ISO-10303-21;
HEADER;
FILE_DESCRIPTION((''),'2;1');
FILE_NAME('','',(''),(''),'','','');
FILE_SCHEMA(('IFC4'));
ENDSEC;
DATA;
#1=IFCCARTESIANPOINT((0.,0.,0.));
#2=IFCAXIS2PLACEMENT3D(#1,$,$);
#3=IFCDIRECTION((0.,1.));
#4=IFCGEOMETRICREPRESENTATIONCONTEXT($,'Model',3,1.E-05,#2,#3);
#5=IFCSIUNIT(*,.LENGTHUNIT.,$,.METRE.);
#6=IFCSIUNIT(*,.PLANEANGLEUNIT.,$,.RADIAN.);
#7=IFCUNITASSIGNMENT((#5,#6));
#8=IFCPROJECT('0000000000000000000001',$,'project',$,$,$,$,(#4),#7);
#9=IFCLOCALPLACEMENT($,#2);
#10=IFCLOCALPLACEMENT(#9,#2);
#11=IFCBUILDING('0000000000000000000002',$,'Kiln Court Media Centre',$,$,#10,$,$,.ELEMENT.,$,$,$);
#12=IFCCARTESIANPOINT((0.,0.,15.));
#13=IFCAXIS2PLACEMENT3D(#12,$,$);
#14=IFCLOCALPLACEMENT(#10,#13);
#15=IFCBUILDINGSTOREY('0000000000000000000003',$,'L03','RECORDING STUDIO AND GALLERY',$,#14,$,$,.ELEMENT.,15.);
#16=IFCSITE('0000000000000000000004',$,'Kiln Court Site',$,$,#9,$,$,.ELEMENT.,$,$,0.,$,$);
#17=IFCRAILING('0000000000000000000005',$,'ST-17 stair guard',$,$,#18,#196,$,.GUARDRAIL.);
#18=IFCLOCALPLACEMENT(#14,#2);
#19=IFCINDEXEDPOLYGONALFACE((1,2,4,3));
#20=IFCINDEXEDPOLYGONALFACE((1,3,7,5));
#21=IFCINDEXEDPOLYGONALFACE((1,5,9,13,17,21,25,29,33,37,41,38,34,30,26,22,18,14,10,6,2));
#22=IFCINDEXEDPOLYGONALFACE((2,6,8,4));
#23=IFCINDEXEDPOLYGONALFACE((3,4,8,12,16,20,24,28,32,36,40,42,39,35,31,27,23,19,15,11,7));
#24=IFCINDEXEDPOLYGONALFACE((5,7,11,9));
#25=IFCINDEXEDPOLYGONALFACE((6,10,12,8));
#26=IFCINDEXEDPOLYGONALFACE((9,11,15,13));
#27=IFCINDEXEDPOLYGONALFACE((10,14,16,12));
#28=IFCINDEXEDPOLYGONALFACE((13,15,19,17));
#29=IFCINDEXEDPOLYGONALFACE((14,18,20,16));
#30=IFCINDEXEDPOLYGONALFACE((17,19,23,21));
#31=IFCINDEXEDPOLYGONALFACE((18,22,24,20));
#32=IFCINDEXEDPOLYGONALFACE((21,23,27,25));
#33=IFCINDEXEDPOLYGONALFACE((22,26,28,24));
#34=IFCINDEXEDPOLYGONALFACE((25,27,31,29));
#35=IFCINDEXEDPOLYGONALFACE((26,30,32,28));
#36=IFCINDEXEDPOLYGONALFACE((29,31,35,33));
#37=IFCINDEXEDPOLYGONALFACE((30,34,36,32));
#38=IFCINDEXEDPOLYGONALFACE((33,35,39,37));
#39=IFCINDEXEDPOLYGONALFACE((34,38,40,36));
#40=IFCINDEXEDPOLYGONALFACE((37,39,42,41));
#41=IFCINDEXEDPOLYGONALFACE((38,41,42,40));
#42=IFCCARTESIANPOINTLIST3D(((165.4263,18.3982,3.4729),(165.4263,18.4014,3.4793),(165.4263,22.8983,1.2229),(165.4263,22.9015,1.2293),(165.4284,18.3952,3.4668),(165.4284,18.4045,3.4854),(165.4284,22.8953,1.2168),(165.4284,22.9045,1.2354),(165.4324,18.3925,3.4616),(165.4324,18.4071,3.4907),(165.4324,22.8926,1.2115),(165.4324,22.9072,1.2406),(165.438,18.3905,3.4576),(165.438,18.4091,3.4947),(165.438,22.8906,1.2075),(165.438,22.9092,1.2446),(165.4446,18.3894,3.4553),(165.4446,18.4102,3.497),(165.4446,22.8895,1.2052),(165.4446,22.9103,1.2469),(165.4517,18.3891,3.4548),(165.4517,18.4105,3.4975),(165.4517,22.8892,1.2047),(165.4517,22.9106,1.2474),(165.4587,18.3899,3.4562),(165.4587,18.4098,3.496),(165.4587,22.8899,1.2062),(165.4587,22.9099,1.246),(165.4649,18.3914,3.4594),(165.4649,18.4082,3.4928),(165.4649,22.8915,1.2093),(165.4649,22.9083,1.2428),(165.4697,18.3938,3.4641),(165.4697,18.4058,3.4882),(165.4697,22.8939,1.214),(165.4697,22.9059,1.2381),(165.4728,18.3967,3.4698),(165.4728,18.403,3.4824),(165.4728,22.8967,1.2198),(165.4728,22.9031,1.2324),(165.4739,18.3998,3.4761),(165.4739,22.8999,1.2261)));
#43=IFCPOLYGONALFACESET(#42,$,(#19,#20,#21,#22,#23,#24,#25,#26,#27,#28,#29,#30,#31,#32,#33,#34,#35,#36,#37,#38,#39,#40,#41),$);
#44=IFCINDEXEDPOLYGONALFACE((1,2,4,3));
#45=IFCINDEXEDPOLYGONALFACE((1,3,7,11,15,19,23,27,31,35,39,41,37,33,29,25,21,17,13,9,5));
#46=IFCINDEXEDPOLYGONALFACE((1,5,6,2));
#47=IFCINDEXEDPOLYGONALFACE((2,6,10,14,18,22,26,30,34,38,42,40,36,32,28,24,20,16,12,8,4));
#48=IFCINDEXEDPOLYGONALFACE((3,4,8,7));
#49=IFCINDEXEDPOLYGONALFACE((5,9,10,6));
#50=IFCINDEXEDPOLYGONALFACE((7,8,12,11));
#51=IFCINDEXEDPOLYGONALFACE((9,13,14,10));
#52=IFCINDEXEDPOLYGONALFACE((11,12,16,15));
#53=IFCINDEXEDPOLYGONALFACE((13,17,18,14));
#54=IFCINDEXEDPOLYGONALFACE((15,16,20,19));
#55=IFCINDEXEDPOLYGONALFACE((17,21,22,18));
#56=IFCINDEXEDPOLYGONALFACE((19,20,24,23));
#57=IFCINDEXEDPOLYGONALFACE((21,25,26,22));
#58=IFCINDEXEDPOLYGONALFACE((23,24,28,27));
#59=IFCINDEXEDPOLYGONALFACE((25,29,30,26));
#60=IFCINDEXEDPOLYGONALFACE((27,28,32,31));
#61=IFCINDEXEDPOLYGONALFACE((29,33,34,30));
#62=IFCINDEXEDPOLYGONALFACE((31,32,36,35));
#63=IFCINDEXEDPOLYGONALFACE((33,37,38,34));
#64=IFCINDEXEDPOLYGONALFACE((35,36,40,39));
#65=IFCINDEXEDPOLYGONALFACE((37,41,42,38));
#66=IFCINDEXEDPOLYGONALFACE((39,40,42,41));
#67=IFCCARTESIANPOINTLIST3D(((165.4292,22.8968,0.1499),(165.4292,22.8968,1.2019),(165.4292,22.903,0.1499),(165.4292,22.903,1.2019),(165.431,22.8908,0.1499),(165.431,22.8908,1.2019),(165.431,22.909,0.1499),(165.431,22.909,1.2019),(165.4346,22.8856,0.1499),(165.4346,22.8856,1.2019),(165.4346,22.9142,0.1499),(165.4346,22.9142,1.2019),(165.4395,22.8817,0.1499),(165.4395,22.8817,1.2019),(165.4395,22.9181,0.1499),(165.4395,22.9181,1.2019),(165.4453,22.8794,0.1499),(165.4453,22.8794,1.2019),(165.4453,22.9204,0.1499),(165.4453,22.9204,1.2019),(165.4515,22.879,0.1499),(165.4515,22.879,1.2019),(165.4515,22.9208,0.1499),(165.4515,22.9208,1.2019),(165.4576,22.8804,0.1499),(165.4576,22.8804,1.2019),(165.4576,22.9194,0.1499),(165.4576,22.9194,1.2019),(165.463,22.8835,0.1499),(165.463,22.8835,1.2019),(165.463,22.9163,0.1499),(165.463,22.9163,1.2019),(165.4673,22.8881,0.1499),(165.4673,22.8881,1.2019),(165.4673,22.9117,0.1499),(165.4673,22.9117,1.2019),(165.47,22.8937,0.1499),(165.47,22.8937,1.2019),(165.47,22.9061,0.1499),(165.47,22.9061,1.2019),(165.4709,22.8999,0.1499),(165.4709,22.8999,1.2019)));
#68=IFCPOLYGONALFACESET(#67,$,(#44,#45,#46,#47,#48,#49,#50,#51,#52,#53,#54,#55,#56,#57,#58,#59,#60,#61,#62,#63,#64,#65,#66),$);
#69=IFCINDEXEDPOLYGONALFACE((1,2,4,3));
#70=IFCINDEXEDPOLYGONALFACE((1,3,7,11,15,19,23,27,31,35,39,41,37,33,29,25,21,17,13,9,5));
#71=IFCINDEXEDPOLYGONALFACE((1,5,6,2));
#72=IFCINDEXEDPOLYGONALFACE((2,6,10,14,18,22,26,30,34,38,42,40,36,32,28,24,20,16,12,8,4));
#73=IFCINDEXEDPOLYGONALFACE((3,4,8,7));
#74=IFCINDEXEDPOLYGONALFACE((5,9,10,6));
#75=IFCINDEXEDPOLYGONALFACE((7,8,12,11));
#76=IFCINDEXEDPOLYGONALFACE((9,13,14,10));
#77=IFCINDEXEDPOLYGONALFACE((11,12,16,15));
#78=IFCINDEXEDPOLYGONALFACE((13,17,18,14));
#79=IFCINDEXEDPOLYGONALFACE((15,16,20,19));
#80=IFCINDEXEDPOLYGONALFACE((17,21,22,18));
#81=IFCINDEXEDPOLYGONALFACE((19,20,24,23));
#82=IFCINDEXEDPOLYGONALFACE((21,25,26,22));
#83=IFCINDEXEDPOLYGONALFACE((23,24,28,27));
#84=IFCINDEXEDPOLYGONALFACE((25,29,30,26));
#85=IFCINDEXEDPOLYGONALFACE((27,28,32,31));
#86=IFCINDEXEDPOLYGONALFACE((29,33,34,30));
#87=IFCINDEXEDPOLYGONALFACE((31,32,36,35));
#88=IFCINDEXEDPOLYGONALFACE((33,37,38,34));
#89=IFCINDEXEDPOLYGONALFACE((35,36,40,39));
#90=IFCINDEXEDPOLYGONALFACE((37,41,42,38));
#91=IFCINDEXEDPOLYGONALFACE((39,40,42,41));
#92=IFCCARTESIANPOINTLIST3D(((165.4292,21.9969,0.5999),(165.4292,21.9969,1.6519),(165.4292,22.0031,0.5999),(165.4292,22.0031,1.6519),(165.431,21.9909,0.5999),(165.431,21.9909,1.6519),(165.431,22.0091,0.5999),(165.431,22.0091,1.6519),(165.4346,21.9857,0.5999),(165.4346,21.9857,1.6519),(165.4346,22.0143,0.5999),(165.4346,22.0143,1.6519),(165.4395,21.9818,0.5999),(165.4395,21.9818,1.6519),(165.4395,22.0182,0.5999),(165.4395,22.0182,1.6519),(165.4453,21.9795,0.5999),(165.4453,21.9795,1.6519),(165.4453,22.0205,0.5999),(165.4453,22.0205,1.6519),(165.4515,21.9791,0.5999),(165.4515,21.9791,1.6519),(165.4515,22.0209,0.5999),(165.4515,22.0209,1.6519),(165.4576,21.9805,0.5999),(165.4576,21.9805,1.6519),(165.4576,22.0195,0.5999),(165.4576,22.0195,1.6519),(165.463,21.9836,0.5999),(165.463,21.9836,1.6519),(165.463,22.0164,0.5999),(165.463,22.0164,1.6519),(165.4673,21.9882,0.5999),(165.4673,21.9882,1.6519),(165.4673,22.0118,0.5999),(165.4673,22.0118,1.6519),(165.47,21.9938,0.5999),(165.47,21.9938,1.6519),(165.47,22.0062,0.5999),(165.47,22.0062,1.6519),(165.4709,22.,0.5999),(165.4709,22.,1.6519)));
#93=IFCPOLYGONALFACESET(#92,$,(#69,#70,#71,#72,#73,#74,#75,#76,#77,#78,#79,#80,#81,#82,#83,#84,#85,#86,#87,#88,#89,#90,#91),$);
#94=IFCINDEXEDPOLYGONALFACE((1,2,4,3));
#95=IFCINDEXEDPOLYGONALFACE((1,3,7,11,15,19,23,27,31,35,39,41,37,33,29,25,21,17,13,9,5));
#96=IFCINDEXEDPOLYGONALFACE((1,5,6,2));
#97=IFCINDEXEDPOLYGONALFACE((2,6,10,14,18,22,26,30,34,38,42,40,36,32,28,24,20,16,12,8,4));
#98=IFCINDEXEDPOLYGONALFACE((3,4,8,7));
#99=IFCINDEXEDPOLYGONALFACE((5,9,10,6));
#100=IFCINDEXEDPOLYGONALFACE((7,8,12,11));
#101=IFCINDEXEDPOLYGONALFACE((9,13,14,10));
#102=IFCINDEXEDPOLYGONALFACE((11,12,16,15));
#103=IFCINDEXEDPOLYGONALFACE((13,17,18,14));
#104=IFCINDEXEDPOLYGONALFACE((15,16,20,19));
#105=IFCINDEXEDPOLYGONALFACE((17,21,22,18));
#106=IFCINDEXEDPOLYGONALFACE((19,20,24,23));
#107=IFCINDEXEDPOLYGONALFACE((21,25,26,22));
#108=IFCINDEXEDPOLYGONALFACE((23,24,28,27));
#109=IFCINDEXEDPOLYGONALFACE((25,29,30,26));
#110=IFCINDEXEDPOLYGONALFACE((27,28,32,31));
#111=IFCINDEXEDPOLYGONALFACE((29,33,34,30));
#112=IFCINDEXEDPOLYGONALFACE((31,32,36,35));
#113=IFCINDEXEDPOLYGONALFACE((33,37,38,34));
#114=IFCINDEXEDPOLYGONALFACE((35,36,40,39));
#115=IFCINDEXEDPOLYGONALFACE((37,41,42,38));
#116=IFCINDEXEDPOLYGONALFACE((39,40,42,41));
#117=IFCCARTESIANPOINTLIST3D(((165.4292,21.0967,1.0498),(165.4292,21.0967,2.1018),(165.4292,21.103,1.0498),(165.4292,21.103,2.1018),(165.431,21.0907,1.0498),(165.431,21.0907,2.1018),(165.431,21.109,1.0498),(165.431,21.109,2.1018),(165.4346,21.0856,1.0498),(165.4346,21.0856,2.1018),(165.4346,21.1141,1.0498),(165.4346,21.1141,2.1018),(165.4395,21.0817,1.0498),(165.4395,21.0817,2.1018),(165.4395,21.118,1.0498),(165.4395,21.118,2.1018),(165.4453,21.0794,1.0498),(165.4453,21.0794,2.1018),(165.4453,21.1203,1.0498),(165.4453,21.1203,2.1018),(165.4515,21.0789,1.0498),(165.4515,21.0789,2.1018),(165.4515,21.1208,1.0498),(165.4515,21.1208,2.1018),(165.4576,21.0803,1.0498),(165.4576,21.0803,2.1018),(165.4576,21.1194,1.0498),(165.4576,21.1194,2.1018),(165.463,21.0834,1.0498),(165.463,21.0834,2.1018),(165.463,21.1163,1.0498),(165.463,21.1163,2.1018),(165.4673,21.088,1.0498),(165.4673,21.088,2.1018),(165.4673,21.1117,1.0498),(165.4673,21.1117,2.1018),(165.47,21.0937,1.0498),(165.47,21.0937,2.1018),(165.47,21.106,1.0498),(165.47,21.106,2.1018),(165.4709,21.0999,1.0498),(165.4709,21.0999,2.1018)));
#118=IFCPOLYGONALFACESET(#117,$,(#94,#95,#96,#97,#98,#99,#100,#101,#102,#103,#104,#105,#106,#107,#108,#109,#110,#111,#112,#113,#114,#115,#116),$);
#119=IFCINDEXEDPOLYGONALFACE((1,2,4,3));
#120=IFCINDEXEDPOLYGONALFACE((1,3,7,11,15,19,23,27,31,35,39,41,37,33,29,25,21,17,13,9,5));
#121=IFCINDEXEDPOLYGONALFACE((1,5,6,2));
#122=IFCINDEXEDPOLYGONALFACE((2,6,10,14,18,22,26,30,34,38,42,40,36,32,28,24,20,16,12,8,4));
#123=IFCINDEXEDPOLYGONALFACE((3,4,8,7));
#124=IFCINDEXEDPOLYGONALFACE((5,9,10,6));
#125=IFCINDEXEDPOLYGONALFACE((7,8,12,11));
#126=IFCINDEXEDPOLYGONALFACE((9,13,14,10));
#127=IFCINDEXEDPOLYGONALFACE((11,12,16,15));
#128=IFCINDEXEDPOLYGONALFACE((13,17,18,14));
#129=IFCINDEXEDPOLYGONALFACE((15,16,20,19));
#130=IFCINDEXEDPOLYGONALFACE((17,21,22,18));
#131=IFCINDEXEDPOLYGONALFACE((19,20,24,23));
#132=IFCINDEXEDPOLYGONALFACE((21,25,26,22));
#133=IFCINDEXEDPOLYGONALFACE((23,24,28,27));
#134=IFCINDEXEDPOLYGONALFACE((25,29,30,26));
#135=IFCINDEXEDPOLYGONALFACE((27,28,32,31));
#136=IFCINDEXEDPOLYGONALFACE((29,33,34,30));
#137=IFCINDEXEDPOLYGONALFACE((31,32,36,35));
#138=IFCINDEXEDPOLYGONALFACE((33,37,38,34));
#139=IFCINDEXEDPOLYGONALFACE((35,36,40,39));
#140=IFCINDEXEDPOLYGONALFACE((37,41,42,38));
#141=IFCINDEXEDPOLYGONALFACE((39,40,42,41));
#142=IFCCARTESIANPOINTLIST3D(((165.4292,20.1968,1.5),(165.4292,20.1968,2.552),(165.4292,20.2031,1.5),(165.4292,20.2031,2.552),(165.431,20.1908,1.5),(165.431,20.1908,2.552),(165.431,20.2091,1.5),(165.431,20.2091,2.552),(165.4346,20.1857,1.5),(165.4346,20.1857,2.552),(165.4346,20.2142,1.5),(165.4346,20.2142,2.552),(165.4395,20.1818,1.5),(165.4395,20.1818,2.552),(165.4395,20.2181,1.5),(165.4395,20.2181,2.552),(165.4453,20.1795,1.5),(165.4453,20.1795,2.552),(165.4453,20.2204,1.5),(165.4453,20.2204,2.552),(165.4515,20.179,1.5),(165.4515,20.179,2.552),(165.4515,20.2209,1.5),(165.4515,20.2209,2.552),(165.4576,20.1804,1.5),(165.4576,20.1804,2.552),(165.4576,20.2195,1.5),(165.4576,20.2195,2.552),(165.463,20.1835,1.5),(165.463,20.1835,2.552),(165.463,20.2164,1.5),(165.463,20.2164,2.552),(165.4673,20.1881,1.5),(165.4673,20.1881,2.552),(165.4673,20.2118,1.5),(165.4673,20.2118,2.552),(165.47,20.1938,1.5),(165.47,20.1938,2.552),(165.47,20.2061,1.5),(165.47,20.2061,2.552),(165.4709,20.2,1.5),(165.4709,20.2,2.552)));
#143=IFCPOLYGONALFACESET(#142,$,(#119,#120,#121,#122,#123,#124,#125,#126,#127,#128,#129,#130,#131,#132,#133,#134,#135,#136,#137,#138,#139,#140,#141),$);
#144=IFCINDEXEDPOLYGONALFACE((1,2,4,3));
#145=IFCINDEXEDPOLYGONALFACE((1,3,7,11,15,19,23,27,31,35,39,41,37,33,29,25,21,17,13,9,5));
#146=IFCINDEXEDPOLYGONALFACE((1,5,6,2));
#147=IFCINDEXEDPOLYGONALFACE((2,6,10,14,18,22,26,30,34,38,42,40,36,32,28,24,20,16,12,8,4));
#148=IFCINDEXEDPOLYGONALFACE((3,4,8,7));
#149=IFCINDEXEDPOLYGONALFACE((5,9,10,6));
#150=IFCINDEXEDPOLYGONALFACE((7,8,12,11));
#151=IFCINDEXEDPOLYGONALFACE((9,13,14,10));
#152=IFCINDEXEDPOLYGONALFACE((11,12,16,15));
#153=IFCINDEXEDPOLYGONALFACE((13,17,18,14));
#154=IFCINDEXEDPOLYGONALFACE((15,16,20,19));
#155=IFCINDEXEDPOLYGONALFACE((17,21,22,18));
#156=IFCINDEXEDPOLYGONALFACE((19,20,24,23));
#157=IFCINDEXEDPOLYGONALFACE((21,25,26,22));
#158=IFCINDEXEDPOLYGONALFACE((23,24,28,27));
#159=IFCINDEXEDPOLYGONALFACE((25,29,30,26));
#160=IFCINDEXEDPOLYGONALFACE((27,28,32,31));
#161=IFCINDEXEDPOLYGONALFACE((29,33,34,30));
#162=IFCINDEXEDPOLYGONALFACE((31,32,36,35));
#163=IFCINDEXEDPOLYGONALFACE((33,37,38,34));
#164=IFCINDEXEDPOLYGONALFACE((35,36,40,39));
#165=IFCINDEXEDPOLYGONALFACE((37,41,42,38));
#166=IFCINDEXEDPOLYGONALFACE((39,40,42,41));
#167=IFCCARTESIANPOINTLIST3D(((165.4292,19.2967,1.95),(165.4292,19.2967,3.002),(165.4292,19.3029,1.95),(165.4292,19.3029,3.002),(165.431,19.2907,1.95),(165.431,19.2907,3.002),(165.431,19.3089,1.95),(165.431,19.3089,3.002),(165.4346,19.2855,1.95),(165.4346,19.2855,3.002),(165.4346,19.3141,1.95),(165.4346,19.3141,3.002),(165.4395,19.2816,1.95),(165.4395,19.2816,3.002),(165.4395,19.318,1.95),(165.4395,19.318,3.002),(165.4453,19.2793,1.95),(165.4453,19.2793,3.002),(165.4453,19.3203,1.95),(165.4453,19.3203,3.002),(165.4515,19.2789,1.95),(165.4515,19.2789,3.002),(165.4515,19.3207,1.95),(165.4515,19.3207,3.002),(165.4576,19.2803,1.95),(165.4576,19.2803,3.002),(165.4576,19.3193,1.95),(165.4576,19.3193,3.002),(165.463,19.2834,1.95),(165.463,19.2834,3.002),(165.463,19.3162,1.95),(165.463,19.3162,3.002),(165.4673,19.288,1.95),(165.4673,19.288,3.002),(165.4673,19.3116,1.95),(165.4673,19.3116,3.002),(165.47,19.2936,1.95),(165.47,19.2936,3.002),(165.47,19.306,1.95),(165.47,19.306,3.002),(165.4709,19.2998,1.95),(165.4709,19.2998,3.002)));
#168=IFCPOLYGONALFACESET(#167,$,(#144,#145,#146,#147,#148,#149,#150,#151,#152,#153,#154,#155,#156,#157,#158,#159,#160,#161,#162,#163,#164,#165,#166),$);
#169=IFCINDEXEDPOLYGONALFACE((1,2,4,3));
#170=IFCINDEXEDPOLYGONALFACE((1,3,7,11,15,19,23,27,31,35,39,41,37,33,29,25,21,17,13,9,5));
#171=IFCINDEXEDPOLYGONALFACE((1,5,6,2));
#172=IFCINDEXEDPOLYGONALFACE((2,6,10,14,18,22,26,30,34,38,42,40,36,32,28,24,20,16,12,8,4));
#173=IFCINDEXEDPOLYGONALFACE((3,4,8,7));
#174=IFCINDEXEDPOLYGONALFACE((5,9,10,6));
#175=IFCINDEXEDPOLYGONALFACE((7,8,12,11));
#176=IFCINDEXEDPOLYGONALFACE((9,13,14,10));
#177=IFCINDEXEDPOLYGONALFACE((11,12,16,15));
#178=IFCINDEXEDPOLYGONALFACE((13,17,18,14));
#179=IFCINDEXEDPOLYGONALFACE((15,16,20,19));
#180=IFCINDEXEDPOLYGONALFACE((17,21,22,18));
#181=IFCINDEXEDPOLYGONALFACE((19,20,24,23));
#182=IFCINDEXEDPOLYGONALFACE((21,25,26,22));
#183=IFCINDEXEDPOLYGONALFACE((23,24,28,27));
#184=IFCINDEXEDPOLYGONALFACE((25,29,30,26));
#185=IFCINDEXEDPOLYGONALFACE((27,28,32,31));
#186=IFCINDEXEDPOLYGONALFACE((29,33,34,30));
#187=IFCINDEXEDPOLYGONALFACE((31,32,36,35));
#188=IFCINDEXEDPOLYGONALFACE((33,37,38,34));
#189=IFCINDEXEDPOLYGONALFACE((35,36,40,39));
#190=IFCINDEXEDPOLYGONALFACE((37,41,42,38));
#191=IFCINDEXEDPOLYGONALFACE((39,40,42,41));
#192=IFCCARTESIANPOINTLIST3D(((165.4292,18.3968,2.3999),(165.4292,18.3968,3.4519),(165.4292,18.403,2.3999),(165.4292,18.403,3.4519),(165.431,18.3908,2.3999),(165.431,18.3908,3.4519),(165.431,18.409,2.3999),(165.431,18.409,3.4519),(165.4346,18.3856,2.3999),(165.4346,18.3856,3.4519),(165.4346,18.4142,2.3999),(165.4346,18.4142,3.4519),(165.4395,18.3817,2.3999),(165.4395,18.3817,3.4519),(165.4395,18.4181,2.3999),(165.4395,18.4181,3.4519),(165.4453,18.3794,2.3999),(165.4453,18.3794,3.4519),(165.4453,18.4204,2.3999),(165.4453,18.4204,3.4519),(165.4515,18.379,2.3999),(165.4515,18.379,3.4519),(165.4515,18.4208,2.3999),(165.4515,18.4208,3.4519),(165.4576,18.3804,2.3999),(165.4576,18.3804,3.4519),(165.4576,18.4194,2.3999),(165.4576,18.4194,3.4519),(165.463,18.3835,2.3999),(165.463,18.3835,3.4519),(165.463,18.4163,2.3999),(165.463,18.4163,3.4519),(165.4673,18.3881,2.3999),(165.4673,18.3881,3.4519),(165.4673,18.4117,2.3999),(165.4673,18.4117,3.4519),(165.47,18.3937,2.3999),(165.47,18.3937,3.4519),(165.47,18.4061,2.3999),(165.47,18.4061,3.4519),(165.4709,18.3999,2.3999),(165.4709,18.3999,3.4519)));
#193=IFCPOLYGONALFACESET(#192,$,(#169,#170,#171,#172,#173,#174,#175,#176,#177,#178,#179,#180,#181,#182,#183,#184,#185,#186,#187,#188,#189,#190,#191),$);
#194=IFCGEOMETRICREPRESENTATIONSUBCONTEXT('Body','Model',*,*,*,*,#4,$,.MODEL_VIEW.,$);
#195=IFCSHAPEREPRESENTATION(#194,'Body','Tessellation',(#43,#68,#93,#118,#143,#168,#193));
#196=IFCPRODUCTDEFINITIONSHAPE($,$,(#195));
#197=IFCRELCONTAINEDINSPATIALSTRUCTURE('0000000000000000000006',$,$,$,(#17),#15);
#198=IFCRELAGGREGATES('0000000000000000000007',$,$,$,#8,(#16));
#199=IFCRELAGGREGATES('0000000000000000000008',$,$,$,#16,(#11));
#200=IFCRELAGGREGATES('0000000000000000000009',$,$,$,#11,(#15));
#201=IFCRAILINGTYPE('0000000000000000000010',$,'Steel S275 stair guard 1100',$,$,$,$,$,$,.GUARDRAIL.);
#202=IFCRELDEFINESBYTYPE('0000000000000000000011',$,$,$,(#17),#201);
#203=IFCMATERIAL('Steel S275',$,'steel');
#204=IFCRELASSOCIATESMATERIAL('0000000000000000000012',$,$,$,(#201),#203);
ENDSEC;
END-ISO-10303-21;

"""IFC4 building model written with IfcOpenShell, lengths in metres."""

from ifc_helpers import new_model, si_unit, direction, frame, origin, origin_2d, place, context, subcontext, project, spatial, circle, extrude, material, type_object, element, save


model = new_model("IFC4")

# Units and contexts
model_context = context("Model", 3, precision=1e-05, world=origin(), true_north=direction((0.0, 1.0)))
body_context = subcontext(model_context, "Body", "Model", "MODEL_VIEW")
ifc_project = project(units=[si_unit("LENGTHUNIT", "METRE"), si_unit("PLANEANGLEUNIT", "RADIAN")], contexts=[model_context])

# Site, building, storey
site_placement = place(None, origin())
site = spatial("IfcSite", under=ifc_project, at=site_placement, Name="Kiln Court Site", CompositionType="ELEMENT", RefElevation=0.0)
building_placement = place(site_placement, origin())
building = spatial("IfcBuilding", under=site, at=building_placement, Name="Kiln Court Media Centre", CompositionType="ELEMENT")
storey_placement = place(building_placement, frame((0.0, 0.0, 15.0)))
storey = spatial("IfcBuildingStorey", under=building, at=storey_placement, Name="L03", Description="RECORDING STUDIO AND GALLERY", CompositionType="ELEMENT", Elevation=15.0)

# Railing
ifc_material_1 = material(Name="Steel S275", Category="steel")
railing_type_1 = type_object("IfcRailingType", Name="Steel S275 stair guard 1100", PredefinedType="GUARDRAIL", material=ifc_material_1)
railing_1_placement = place(storey_placement, frame((165.45, 22.8999, 0.1499)))
element("IfcRailing", 1, at=railing_1_placement, inside=storey, type_object=railing_type_1, Name="ST-17 stair guard", PredefinedType="GUARDRAIL", context=body_context, shape_type="SweptSolid", body=[
    extrude(circle(Radius=0.0239, at=origin_2d()), frame((0.0, 0.0, 1.0762), z_axis=(0.0, -0.894427, 0.447214), x_axis=(1.0, 0.0, 0.0)), (0.0, 0.0, 1.0), 5.0312),
    extrude(circle(Radius=0.021, at=origin_2d()), origin(), (0.0, 0.0, 1.0), 1.052),
    extrude(circle(Radius=0.021, at=origin_2d()), frame((0.0, -0.8999, 0.45)), (0.0, 0.0, 1.0), 1.052),
    extrude(circle(Radius=0.021, at=origin_2d()), frame((0.0, -1.8, 0.8999)), (0.0, 0.0, 1.0), 1.052),
    extrude(circle(Radius=0.021, at=origin_2d()), frame((0.0, -2.7, 1.3501)), (0.0, 0.0, 1.0), 1.052),
    extrude(circle(Radius=0.021, at=origin_2d()), frame((0.0, -3.6001, 1.8)), (0.0, 0.0, 1.0), 1.052),
    extrude(circle(Radius=0.021, at=origin_2d()), frame((0.0, -4.5, 2.25)), (0.0, 0.0, 1.0), 1.052),
])

save(model, "model.ifc")
